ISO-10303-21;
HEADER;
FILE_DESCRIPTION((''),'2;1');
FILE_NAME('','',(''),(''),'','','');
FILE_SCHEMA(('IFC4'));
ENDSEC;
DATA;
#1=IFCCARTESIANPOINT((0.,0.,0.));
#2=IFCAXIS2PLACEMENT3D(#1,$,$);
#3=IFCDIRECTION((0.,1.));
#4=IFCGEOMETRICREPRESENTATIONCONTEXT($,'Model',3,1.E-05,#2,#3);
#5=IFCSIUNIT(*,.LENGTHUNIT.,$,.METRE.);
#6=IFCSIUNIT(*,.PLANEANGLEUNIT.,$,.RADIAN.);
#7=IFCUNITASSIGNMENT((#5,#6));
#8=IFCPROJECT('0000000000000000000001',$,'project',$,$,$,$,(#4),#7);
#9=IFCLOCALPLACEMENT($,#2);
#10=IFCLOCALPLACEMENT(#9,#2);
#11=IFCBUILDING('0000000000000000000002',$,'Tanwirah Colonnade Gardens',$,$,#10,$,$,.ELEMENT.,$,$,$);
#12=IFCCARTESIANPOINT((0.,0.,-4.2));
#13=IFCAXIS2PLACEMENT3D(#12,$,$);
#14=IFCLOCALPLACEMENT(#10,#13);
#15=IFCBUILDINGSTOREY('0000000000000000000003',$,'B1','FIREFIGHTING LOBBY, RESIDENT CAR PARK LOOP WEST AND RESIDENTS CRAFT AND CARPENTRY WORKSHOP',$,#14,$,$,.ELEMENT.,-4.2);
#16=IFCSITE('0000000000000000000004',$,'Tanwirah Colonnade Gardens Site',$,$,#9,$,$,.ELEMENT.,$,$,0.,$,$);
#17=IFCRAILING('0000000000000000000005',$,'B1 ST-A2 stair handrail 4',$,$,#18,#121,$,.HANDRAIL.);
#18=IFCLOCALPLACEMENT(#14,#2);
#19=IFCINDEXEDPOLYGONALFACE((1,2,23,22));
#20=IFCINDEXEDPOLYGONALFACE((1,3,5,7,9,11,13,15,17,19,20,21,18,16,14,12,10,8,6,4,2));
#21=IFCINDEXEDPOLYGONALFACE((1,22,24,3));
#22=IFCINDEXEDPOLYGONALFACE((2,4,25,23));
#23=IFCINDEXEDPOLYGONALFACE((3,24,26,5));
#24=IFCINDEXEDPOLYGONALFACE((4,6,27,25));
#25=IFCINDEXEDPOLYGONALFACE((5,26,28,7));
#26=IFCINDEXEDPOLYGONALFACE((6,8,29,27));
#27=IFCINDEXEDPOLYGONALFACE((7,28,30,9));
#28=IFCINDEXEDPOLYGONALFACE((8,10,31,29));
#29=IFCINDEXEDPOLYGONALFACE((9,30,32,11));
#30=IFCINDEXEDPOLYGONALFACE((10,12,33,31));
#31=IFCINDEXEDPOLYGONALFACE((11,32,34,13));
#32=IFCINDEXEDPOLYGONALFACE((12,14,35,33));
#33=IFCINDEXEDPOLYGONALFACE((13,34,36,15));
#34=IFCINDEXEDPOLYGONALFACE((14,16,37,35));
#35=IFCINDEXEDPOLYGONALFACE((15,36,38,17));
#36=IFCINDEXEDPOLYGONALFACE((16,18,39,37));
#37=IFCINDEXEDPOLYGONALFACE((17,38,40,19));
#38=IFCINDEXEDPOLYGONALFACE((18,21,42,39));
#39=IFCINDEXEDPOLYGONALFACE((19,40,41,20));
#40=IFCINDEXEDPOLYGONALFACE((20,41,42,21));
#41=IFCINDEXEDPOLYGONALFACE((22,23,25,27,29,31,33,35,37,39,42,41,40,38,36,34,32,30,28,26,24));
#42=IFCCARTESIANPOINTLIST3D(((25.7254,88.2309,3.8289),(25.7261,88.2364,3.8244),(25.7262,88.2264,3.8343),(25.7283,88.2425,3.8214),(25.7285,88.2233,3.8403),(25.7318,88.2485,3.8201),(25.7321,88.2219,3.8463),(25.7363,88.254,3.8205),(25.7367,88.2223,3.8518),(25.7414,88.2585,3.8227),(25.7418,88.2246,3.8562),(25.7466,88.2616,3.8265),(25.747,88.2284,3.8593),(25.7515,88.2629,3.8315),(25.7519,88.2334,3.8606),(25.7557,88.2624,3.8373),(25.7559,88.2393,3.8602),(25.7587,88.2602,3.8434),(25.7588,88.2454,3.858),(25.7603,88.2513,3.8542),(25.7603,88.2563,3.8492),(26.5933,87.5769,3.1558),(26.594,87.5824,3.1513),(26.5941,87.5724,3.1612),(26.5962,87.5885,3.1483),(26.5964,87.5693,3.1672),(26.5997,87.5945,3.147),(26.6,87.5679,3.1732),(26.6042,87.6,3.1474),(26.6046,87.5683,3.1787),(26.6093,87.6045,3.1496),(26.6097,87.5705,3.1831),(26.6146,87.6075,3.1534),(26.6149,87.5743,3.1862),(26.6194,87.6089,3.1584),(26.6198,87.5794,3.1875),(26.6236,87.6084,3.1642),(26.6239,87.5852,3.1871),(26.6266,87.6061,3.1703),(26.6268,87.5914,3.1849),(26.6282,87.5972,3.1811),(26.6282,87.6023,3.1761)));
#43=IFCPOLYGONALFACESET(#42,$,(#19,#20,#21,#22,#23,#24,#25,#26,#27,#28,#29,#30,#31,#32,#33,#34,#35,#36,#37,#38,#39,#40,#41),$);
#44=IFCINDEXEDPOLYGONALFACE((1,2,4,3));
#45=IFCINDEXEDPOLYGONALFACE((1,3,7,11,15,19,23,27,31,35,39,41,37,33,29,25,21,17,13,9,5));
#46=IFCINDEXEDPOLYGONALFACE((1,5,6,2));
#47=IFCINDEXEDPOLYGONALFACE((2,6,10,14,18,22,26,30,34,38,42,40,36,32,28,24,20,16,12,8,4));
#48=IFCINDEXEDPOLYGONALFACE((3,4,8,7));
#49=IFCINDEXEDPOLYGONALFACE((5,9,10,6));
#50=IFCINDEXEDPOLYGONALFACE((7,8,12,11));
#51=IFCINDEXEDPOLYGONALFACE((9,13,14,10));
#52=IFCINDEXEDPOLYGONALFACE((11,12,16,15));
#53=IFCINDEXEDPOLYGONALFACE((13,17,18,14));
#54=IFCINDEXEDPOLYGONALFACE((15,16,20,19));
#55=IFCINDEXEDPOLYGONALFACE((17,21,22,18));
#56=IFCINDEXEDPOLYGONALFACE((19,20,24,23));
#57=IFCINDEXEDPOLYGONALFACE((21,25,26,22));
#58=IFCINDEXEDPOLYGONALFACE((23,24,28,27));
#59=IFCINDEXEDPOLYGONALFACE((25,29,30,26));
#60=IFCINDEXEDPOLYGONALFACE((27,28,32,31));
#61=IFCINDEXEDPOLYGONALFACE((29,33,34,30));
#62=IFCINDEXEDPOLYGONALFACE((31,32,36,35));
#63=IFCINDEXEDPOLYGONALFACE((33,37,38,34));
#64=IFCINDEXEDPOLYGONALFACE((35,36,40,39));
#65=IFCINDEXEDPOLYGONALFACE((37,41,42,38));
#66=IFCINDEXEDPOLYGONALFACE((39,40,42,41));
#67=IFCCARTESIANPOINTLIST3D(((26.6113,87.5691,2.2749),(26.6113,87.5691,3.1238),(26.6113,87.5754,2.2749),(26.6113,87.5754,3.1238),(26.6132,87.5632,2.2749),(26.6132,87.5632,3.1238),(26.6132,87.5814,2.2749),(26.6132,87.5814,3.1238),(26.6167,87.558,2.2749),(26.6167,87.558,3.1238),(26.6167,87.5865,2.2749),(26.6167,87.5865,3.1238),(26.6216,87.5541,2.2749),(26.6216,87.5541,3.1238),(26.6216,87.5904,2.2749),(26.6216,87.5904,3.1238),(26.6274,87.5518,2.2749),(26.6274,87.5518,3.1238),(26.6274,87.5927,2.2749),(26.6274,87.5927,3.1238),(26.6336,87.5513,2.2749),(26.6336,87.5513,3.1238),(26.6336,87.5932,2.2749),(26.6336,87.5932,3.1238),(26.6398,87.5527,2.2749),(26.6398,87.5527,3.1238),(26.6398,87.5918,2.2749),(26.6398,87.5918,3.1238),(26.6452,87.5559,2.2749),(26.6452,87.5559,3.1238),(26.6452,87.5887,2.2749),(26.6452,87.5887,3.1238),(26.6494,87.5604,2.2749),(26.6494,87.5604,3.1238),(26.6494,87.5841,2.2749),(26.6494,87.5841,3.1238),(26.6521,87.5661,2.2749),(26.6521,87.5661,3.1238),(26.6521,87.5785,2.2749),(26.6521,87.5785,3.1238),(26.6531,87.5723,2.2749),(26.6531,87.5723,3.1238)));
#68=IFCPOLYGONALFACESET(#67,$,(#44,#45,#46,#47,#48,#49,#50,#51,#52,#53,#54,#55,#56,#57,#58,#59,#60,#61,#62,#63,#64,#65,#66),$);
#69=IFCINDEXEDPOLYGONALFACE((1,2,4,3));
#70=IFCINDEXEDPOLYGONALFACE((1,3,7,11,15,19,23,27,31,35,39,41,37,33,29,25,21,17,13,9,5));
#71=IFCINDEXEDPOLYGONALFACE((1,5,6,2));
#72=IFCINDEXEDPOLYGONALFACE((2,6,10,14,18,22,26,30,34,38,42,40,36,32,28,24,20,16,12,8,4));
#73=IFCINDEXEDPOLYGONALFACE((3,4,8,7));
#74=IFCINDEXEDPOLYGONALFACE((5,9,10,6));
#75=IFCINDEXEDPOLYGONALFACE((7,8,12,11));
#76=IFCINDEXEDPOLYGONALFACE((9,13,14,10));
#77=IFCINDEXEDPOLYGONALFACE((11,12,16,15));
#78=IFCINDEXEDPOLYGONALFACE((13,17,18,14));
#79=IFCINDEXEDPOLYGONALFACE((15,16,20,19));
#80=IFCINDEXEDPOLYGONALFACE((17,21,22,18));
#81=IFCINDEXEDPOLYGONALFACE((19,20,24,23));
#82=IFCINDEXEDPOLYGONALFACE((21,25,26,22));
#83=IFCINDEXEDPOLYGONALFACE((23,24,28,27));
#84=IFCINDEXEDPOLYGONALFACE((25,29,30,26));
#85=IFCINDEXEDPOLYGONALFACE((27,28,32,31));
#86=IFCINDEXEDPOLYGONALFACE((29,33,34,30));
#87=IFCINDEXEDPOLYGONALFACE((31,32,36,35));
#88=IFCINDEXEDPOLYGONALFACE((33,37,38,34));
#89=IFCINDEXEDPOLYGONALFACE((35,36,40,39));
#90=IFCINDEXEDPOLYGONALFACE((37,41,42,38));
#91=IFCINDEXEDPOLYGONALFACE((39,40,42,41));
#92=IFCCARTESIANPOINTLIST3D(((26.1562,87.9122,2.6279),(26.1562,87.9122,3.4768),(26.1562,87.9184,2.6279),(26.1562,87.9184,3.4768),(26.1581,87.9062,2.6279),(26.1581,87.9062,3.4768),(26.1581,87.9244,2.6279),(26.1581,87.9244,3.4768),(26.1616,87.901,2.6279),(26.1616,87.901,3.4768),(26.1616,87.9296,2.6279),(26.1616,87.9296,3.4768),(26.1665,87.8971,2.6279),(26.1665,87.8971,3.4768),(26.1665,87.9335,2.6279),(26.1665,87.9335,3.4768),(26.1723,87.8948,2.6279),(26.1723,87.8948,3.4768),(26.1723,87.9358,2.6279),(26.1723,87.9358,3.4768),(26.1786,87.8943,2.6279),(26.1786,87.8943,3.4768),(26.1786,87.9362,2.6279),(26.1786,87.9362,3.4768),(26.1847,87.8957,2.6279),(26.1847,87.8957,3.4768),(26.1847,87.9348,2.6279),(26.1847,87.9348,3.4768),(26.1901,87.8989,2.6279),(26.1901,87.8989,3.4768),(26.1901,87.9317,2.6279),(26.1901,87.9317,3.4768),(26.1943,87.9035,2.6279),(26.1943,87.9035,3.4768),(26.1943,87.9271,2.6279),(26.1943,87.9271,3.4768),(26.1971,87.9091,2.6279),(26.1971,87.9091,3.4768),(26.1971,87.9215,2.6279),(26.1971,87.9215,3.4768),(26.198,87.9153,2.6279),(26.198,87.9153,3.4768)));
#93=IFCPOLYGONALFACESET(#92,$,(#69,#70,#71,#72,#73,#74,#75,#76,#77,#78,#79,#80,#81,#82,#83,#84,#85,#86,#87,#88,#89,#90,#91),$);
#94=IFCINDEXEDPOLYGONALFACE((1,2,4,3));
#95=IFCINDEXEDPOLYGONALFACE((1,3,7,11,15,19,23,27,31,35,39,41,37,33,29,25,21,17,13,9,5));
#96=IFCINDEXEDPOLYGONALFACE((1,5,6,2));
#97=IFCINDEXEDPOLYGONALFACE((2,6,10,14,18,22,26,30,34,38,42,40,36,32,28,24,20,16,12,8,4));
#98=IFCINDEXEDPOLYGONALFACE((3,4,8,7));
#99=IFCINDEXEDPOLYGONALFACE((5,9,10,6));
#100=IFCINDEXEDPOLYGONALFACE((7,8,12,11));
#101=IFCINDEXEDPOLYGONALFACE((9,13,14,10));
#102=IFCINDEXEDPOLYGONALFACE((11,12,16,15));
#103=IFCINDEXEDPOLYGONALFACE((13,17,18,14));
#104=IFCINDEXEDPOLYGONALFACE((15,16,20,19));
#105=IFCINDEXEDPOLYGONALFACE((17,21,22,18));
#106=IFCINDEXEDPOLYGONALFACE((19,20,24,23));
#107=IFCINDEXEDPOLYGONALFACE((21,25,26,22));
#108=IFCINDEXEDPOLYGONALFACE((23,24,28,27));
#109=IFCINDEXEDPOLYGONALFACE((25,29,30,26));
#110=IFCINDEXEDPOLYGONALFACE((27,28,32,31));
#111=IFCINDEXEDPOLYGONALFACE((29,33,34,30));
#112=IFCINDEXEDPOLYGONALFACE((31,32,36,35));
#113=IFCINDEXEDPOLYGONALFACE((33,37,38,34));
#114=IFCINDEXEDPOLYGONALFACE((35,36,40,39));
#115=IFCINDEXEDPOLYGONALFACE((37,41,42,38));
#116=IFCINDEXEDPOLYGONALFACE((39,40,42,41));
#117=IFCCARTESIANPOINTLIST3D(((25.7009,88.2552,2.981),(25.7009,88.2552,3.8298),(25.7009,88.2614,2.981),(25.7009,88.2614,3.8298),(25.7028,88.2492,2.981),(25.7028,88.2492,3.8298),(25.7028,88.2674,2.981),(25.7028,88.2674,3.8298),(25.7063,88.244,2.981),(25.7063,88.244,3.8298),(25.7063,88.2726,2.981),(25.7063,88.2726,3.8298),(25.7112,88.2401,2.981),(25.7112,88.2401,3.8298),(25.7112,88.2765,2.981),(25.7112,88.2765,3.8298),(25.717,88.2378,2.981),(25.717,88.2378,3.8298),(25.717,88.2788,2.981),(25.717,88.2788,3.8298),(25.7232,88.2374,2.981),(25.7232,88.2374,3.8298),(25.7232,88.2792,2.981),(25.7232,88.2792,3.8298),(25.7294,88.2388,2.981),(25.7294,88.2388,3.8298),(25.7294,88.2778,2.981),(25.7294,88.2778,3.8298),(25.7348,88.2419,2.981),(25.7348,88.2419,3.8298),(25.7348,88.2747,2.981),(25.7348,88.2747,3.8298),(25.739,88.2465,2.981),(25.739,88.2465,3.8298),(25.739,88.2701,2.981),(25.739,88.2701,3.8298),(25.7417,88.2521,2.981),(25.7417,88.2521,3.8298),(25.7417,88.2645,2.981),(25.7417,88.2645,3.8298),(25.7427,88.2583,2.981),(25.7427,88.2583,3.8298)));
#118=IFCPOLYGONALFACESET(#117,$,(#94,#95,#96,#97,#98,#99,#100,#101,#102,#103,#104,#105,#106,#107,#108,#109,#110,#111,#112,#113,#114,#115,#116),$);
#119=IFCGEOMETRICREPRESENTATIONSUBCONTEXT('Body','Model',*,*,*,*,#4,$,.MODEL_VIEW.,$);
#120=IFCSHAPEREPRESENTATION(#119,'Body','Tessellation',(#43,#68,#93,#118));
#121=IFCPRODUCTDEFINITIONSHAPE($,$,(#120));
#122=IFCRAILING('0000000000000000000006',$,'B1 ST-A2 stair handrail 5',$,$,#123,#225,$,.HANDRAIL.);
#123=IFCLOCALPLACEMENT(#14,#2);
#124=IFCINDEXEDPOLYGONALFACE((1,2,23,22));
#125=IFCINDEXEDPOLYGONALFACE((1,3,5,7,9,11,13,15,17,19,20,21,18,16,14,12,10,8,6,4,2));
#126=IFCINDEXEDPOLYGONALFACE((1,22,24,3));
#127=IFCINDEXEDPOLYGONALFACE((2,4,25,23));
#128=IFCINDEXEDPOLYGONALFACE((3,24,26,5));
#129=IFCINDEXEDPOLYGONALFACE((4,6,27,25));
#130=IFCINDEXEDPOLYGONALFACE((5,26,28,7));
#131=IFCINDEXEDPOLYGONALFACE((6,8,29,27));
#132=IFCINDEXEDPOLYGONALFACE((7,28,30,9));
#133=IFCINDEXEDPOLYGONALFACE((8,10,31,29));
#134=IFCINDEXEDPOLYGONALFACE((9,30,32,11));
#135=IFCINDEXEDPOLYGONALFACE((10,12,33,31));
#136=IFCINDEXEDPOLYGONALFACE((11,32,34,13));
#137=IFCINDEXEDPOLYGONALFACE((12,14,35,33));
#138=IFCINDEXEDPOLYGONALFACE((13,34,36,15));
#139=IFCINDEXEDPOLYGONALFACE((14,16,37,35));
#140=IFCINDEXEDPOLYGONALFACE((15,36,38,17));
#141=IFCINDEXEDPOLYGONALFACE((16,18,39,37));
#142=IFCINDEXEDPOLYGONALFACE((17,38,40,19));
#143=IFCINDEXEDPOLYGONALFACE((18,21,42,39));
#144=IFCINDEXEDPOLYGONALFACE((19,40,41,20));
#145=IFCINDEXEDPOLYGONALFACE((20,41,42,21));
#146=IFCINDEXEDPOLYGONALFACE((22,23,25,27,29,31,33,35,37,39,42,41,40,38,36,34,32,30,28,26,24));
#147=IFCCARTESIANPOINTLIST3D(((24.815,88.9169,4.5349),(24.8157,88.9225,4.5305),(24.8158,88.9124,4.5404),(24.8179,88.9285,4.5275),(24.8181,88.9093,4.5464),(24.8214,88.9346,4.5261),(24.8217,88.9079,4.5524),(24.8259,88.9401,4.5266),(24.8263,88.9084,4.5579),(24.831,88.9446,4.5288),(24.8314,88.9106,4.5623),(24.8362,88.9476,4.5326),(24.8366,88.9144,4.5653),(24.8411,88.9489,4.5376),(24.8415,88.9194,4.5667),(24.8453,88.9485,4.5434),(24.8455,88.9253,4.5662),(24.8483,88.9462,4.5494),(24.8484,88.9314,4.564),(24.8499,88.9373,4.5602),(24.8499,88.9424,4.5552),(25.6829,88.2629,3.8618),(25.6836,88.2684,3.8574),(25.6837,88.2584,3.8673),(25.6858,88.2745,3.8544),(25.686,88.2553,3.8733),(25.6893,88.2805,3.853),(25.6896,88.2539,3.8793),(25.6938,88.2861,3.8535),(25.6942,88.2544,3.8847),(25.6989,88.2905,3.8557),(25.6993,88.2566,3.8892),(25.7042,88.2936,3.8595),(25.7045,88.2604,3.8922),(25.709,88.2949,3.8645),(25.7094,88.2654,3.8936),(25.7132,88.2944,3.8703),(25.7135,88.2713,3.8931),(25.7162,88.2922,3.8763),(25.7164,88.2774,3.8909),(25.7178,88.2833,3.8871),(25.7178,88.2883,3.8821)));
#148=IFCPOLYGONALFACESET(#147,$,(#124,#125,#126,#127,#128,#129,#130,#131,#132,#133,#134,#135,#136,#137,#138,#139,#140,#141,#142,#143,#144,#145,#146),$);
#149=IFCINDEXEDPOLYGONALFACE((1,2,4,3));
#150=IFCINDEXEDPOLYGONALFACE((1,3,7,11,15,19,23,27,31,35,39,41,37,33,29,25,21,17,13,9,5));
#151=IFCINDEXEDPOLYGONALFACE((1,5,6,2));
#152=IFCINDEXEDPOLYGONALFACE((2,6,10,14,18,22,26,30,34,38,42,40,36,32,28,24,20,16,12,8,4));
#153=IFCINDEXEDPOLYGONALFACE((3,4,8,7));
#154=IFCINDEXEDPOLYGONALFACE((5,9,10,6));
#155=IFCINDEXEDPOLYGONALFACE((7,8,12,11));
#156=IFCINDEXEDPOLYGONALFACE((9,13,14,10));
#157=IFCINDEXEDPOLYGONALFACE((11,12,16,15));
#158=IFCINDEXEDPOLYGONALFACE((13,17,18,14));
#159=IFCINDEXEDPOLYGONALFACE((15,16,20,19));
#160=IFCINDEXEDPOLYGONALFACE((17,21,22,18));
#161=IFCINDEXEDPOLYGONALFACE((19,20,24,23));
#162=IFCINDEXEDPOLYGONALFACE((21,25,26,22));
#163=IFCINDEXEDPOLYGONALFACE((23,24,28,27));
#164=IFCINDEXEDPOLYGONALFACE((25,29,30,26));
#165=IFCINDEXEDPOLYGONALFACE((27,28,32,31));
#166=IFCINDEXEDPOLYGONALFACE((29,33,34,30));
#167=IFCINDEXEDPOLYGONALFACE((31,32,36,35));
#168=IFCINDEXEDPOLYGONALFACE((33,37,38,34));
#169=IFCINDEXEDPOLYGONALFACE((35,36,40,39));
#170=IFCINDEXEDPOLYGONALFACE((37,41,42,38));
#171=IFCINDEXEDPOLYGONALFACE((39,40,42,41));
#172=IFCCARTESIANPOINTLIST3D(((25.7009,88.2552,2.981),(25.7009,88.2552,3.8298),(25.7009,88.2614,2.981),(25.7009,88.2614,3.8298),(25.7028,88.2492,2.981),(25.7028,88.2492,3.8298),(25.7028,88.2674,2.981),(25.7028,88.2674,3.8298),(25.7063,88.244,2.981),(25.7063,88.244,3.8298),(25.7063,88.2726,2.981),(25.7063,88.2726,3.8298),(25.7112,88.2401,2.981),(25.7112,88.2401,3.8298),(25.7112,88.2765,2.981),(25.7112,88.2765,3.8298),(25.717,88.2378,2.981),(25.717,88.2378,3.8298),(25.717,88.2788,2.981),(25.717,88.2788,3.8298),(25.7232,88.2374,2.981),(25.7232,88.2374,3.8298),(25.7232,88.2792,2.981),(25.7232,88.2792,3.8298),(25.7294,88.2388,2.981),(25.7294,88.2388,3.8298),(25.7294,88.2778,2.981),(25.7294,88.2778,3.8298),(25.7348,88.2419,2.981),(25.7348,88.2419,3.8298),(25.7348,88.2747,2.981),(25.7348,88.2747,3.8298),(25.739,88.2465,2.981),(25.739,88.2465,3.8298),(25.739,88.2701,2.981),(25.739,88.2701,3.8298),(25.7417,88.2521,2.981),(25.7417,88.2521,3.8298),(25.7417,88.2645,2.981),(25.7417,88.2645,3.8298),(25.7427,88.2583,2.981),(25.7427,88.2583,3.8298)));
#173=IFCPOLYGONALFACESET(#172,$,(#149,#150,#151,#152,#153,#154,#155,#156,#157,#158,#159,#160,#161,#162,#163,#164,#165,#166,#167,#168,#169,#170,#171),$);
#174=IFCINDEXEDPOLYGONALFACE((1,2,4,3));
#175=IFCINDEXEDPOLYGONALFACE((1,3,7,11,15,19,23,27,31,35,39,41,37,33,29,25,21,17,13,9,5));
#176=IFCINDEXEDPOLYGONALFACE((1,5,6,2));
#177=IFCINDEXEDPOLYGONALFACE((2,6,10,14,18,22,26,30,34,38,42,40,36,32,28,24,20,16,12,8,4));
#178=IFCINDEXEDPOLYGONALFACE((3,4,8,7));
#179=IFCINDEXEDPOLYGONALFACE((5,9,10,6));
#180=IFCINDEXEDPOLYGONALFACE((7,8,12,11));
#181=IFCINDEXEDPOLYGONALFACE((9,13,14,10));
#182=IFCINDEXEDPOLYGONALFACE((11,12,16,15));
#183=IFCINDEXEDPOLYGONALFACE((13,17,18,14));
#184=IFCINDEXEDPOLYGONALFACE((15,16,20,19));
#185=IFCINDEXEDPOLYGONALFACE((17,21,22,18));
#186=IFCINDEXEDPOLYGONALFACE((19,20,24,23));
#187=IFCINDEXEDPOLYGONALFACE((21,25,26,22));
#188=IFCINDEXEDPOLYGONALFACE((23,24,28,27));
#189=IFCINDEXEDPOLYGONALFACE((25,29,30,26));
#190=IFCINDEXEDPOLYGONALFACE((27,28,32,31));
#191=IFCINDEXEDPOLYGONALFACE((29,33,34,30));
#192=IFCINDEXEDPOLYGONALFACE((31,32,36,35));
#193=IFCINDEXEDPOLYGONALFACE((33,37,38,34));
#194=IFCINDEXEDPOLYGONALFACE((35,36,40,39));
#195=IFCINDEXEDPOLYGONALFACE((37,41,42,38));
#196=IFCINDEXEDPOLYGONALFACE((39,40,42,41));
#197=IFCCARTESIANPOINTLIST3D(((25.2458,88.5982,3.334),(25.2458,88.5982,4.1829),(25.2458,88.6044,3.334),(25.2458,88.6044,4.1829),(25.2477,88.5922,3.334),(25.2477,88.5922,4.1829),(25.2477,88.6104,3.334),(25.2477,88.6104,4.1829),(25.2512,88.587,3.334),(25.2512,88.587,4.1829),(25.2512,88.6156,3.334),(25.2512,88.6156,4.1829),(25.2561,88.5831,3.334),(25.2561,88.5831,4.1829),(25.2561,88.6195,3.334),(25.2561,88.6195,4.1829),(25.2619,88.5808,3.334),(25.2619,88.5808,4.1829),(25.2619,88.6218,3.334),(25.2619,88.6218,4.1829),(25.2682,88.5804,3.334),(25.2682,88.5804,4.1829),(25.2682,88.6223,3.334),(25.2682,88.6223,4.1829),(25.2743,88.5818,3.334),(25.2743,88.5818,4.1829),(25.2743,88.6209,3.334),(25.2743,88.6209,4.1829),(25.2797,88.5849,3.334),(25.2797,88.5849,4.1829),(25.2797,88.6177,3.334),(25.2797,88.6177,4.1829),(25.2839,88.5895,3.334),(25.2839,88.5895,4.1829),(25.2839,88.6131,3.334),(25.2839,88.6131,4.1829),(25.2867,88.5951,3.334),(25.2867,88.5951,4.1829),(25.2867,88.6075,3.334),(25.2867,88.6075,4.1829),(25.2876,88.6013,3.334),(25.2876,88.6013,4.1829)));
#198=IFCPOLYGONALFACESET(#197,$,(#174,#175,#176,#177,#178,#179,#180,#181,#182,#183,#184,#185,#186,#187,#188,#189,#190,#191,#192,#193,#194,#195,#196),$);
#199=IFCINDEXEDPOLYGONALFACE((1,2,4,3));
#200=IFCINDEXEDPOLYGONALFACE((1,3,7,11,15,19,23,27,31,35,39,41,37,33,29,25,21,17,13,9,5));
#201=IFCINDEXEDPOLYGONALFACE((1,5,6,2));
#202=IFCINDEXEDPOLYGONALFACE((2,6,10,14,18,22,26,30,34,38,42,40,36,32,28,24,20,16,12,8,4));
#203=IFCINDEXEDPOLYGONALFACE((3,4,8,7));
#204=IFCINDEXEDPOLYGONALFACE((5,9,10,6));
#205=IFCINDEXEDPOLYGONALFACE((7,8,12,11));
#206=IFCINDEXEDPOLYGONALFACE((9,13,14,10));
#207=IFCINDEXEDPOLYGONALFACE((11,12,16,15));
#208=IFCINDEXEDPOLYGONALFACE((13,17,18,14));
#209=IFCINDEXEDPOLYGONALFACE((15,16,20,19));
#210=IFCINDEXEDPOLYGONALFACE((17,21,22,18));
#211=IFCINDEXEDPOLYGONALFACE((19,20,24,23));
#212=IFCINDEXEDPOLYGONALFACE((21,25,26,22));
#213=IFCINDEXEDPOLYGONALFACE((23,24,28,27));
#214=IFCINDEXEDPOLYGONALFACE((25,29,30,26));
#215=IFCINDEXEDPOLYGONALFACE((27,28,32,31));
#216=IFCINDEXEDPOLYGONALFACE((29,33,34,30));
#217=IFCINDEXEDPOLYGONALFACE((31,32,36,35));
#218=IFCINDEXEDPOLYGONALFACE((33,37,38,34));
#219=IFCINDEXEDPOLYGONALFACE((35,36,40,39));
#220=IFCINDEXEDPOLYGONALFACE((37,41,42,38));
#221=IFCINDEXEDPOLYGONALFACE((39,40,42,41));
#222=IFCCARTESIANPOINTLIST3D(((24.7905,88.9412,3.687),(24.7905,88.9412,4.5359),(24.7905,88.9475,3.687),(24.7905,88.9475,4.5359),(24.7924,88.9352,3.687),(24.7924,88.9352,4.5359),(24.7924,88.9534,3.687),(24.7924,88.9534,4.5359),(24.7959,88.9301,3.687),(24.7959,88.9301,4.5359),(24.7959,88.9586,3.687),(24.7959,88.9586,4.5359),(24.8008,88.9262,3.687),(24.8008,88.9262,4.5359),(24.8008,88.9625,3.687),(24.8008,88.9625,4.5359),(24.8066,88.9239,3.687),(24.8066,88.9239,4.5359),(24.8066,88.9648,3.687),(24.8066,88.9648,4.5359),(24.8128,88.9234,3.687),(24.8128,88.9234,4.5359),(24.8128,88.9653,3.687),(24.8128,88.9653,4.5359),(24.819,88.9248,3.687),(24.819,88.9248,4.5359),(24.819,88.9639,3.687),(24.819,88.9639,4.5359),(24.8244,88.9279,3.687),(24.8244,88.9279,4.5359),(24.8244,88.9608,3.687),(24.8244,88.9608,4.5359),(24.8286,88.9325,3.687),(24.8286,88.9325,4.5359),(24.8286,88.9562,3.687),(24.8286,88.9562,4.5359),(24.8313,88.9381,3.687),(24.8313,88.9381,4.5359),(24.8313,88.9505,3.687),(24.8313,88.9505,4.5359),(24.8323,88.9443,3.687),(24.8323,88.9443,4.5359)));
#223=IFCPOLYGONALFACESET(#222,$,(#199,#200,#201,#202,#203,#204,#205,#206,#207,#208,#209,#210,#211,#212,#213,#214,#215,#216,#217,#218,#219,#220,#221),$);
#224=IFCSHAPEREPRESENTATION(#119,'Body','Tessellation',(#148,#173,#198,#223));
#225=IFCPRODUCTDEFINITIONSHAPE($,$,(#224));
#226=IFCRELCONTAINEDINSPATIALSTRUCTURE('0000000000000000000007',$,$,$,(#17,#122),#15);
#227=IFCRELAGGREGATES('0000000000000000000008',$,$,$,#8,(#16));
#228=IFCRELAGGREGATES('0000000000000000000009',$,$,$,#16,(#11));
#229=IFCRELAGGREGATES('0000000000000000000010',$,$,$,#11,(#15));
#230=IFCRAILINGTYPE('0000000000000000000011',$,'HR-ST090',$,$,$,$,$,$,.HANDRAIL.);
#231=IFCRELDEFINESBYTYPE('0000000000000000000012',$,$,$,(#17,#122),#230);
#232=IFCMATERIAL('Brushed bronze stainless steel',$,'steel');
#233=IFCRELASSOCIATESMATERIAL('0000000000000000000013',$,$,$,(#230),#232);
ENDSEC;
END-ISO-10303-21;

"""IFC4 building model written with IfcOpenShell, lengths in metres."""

from ifc_helpers import new_model, si_unit, direction, frame, origin, origin_2d, place, context, subcontext, project, spatial, circle, extrude, material, type_object, element, save


model = new_model("IFC4")

# Units and contexts
model_context = context("Model", 3, precision=1e-05, world=origin(), true_north=direction((0.0, 1.0)))
body_context = subcontext(model_context, "Body", "Model", "MODEL_VIEW")
ifc_project = project(units=[si_unit("LENGTHUNIT", "METRE"), si_unit("PLANEANGLEUNIT", "RADIAN")], contexts=[model_context])

# Site, building, storey
site_placement = place(None, origin())
site = spatial("IfcSite", under=ifc_project, at=site_placement, Name="Tanwirah Colonnade Gardens Site", CompositionType="ELEMENT", RefElevation=0.0)
building_placement = place(site_placement, origin())
building = spatial("IfcBuilding", under=site, at=building_placement, Name="Tanwirah Colonnade Gardens", CompositionType="ELEMENT")
storey_placement = place(building_placement, frame((0.0, 0.0, -4.2)))
storey = spatial("IfcBuildingStorey", under=building, at=storey_placement, Name="B1", Description="FIREFIGHTING LOBBY, RESIDENT CAR PARK LOOP WEST AND RESIDENTS CRAFT AND CARPENTRY WORKSHOP", CompositionType="ELEMENT", Elevation=-4.2)

# Railings
ifc_material_1 = material(Name="Brushed bronze stainless steel", Category="steel")
railing_type_1 = type_object("IfcRailingType", Name="HR-ST090", PredefinedType="HANDRAIL", material=ifc_material_1)
for number, where, name in (
    (1, (26.6321, 87.5723, 2.2749), "B1 ST-A2 stair handrail 4"),
    (2, (25.7217, 88.2583, 2.981), "B1 ST-A2 stair handrail 5"),
):
    element("IfcRailing", number, at=place(storey_placement, frame(where)), inside=storey, type_object=railing_type_1, Name=name, PredefinedType="HANDRAIL", context=body_context, shape_type="SweptSolid", body=[
        extrude(circle(Radius=0.0239, at=origin_2d()), frame((-0.0212, 0.0161, 0.8923), z_axis=(-0.678952, 0.511627, 0.526557), x_axis=(-0.601815, -0.798636, 0.0)), (0.0, 0.0, 1.0), 1.2783),
        extrude(circle(Radius=0.021, at=origin_2d()), origin(), (0.0, 0.0, 1.0), 0.8489),
        extrude(circle(Radius=0.021, at=origin_2d()), frame((-0.4551, 0.343, 0.353)), (0.0, 0.0, 1.0), 0.8489),
        extrude(circle(Radius=0.021, at=origin_2d()), frame((-0.9104, 0.686, 0.7061)), (0.0, 0.0, 1.0), 0.8489),
    ])

save(model, "model.ifc")
